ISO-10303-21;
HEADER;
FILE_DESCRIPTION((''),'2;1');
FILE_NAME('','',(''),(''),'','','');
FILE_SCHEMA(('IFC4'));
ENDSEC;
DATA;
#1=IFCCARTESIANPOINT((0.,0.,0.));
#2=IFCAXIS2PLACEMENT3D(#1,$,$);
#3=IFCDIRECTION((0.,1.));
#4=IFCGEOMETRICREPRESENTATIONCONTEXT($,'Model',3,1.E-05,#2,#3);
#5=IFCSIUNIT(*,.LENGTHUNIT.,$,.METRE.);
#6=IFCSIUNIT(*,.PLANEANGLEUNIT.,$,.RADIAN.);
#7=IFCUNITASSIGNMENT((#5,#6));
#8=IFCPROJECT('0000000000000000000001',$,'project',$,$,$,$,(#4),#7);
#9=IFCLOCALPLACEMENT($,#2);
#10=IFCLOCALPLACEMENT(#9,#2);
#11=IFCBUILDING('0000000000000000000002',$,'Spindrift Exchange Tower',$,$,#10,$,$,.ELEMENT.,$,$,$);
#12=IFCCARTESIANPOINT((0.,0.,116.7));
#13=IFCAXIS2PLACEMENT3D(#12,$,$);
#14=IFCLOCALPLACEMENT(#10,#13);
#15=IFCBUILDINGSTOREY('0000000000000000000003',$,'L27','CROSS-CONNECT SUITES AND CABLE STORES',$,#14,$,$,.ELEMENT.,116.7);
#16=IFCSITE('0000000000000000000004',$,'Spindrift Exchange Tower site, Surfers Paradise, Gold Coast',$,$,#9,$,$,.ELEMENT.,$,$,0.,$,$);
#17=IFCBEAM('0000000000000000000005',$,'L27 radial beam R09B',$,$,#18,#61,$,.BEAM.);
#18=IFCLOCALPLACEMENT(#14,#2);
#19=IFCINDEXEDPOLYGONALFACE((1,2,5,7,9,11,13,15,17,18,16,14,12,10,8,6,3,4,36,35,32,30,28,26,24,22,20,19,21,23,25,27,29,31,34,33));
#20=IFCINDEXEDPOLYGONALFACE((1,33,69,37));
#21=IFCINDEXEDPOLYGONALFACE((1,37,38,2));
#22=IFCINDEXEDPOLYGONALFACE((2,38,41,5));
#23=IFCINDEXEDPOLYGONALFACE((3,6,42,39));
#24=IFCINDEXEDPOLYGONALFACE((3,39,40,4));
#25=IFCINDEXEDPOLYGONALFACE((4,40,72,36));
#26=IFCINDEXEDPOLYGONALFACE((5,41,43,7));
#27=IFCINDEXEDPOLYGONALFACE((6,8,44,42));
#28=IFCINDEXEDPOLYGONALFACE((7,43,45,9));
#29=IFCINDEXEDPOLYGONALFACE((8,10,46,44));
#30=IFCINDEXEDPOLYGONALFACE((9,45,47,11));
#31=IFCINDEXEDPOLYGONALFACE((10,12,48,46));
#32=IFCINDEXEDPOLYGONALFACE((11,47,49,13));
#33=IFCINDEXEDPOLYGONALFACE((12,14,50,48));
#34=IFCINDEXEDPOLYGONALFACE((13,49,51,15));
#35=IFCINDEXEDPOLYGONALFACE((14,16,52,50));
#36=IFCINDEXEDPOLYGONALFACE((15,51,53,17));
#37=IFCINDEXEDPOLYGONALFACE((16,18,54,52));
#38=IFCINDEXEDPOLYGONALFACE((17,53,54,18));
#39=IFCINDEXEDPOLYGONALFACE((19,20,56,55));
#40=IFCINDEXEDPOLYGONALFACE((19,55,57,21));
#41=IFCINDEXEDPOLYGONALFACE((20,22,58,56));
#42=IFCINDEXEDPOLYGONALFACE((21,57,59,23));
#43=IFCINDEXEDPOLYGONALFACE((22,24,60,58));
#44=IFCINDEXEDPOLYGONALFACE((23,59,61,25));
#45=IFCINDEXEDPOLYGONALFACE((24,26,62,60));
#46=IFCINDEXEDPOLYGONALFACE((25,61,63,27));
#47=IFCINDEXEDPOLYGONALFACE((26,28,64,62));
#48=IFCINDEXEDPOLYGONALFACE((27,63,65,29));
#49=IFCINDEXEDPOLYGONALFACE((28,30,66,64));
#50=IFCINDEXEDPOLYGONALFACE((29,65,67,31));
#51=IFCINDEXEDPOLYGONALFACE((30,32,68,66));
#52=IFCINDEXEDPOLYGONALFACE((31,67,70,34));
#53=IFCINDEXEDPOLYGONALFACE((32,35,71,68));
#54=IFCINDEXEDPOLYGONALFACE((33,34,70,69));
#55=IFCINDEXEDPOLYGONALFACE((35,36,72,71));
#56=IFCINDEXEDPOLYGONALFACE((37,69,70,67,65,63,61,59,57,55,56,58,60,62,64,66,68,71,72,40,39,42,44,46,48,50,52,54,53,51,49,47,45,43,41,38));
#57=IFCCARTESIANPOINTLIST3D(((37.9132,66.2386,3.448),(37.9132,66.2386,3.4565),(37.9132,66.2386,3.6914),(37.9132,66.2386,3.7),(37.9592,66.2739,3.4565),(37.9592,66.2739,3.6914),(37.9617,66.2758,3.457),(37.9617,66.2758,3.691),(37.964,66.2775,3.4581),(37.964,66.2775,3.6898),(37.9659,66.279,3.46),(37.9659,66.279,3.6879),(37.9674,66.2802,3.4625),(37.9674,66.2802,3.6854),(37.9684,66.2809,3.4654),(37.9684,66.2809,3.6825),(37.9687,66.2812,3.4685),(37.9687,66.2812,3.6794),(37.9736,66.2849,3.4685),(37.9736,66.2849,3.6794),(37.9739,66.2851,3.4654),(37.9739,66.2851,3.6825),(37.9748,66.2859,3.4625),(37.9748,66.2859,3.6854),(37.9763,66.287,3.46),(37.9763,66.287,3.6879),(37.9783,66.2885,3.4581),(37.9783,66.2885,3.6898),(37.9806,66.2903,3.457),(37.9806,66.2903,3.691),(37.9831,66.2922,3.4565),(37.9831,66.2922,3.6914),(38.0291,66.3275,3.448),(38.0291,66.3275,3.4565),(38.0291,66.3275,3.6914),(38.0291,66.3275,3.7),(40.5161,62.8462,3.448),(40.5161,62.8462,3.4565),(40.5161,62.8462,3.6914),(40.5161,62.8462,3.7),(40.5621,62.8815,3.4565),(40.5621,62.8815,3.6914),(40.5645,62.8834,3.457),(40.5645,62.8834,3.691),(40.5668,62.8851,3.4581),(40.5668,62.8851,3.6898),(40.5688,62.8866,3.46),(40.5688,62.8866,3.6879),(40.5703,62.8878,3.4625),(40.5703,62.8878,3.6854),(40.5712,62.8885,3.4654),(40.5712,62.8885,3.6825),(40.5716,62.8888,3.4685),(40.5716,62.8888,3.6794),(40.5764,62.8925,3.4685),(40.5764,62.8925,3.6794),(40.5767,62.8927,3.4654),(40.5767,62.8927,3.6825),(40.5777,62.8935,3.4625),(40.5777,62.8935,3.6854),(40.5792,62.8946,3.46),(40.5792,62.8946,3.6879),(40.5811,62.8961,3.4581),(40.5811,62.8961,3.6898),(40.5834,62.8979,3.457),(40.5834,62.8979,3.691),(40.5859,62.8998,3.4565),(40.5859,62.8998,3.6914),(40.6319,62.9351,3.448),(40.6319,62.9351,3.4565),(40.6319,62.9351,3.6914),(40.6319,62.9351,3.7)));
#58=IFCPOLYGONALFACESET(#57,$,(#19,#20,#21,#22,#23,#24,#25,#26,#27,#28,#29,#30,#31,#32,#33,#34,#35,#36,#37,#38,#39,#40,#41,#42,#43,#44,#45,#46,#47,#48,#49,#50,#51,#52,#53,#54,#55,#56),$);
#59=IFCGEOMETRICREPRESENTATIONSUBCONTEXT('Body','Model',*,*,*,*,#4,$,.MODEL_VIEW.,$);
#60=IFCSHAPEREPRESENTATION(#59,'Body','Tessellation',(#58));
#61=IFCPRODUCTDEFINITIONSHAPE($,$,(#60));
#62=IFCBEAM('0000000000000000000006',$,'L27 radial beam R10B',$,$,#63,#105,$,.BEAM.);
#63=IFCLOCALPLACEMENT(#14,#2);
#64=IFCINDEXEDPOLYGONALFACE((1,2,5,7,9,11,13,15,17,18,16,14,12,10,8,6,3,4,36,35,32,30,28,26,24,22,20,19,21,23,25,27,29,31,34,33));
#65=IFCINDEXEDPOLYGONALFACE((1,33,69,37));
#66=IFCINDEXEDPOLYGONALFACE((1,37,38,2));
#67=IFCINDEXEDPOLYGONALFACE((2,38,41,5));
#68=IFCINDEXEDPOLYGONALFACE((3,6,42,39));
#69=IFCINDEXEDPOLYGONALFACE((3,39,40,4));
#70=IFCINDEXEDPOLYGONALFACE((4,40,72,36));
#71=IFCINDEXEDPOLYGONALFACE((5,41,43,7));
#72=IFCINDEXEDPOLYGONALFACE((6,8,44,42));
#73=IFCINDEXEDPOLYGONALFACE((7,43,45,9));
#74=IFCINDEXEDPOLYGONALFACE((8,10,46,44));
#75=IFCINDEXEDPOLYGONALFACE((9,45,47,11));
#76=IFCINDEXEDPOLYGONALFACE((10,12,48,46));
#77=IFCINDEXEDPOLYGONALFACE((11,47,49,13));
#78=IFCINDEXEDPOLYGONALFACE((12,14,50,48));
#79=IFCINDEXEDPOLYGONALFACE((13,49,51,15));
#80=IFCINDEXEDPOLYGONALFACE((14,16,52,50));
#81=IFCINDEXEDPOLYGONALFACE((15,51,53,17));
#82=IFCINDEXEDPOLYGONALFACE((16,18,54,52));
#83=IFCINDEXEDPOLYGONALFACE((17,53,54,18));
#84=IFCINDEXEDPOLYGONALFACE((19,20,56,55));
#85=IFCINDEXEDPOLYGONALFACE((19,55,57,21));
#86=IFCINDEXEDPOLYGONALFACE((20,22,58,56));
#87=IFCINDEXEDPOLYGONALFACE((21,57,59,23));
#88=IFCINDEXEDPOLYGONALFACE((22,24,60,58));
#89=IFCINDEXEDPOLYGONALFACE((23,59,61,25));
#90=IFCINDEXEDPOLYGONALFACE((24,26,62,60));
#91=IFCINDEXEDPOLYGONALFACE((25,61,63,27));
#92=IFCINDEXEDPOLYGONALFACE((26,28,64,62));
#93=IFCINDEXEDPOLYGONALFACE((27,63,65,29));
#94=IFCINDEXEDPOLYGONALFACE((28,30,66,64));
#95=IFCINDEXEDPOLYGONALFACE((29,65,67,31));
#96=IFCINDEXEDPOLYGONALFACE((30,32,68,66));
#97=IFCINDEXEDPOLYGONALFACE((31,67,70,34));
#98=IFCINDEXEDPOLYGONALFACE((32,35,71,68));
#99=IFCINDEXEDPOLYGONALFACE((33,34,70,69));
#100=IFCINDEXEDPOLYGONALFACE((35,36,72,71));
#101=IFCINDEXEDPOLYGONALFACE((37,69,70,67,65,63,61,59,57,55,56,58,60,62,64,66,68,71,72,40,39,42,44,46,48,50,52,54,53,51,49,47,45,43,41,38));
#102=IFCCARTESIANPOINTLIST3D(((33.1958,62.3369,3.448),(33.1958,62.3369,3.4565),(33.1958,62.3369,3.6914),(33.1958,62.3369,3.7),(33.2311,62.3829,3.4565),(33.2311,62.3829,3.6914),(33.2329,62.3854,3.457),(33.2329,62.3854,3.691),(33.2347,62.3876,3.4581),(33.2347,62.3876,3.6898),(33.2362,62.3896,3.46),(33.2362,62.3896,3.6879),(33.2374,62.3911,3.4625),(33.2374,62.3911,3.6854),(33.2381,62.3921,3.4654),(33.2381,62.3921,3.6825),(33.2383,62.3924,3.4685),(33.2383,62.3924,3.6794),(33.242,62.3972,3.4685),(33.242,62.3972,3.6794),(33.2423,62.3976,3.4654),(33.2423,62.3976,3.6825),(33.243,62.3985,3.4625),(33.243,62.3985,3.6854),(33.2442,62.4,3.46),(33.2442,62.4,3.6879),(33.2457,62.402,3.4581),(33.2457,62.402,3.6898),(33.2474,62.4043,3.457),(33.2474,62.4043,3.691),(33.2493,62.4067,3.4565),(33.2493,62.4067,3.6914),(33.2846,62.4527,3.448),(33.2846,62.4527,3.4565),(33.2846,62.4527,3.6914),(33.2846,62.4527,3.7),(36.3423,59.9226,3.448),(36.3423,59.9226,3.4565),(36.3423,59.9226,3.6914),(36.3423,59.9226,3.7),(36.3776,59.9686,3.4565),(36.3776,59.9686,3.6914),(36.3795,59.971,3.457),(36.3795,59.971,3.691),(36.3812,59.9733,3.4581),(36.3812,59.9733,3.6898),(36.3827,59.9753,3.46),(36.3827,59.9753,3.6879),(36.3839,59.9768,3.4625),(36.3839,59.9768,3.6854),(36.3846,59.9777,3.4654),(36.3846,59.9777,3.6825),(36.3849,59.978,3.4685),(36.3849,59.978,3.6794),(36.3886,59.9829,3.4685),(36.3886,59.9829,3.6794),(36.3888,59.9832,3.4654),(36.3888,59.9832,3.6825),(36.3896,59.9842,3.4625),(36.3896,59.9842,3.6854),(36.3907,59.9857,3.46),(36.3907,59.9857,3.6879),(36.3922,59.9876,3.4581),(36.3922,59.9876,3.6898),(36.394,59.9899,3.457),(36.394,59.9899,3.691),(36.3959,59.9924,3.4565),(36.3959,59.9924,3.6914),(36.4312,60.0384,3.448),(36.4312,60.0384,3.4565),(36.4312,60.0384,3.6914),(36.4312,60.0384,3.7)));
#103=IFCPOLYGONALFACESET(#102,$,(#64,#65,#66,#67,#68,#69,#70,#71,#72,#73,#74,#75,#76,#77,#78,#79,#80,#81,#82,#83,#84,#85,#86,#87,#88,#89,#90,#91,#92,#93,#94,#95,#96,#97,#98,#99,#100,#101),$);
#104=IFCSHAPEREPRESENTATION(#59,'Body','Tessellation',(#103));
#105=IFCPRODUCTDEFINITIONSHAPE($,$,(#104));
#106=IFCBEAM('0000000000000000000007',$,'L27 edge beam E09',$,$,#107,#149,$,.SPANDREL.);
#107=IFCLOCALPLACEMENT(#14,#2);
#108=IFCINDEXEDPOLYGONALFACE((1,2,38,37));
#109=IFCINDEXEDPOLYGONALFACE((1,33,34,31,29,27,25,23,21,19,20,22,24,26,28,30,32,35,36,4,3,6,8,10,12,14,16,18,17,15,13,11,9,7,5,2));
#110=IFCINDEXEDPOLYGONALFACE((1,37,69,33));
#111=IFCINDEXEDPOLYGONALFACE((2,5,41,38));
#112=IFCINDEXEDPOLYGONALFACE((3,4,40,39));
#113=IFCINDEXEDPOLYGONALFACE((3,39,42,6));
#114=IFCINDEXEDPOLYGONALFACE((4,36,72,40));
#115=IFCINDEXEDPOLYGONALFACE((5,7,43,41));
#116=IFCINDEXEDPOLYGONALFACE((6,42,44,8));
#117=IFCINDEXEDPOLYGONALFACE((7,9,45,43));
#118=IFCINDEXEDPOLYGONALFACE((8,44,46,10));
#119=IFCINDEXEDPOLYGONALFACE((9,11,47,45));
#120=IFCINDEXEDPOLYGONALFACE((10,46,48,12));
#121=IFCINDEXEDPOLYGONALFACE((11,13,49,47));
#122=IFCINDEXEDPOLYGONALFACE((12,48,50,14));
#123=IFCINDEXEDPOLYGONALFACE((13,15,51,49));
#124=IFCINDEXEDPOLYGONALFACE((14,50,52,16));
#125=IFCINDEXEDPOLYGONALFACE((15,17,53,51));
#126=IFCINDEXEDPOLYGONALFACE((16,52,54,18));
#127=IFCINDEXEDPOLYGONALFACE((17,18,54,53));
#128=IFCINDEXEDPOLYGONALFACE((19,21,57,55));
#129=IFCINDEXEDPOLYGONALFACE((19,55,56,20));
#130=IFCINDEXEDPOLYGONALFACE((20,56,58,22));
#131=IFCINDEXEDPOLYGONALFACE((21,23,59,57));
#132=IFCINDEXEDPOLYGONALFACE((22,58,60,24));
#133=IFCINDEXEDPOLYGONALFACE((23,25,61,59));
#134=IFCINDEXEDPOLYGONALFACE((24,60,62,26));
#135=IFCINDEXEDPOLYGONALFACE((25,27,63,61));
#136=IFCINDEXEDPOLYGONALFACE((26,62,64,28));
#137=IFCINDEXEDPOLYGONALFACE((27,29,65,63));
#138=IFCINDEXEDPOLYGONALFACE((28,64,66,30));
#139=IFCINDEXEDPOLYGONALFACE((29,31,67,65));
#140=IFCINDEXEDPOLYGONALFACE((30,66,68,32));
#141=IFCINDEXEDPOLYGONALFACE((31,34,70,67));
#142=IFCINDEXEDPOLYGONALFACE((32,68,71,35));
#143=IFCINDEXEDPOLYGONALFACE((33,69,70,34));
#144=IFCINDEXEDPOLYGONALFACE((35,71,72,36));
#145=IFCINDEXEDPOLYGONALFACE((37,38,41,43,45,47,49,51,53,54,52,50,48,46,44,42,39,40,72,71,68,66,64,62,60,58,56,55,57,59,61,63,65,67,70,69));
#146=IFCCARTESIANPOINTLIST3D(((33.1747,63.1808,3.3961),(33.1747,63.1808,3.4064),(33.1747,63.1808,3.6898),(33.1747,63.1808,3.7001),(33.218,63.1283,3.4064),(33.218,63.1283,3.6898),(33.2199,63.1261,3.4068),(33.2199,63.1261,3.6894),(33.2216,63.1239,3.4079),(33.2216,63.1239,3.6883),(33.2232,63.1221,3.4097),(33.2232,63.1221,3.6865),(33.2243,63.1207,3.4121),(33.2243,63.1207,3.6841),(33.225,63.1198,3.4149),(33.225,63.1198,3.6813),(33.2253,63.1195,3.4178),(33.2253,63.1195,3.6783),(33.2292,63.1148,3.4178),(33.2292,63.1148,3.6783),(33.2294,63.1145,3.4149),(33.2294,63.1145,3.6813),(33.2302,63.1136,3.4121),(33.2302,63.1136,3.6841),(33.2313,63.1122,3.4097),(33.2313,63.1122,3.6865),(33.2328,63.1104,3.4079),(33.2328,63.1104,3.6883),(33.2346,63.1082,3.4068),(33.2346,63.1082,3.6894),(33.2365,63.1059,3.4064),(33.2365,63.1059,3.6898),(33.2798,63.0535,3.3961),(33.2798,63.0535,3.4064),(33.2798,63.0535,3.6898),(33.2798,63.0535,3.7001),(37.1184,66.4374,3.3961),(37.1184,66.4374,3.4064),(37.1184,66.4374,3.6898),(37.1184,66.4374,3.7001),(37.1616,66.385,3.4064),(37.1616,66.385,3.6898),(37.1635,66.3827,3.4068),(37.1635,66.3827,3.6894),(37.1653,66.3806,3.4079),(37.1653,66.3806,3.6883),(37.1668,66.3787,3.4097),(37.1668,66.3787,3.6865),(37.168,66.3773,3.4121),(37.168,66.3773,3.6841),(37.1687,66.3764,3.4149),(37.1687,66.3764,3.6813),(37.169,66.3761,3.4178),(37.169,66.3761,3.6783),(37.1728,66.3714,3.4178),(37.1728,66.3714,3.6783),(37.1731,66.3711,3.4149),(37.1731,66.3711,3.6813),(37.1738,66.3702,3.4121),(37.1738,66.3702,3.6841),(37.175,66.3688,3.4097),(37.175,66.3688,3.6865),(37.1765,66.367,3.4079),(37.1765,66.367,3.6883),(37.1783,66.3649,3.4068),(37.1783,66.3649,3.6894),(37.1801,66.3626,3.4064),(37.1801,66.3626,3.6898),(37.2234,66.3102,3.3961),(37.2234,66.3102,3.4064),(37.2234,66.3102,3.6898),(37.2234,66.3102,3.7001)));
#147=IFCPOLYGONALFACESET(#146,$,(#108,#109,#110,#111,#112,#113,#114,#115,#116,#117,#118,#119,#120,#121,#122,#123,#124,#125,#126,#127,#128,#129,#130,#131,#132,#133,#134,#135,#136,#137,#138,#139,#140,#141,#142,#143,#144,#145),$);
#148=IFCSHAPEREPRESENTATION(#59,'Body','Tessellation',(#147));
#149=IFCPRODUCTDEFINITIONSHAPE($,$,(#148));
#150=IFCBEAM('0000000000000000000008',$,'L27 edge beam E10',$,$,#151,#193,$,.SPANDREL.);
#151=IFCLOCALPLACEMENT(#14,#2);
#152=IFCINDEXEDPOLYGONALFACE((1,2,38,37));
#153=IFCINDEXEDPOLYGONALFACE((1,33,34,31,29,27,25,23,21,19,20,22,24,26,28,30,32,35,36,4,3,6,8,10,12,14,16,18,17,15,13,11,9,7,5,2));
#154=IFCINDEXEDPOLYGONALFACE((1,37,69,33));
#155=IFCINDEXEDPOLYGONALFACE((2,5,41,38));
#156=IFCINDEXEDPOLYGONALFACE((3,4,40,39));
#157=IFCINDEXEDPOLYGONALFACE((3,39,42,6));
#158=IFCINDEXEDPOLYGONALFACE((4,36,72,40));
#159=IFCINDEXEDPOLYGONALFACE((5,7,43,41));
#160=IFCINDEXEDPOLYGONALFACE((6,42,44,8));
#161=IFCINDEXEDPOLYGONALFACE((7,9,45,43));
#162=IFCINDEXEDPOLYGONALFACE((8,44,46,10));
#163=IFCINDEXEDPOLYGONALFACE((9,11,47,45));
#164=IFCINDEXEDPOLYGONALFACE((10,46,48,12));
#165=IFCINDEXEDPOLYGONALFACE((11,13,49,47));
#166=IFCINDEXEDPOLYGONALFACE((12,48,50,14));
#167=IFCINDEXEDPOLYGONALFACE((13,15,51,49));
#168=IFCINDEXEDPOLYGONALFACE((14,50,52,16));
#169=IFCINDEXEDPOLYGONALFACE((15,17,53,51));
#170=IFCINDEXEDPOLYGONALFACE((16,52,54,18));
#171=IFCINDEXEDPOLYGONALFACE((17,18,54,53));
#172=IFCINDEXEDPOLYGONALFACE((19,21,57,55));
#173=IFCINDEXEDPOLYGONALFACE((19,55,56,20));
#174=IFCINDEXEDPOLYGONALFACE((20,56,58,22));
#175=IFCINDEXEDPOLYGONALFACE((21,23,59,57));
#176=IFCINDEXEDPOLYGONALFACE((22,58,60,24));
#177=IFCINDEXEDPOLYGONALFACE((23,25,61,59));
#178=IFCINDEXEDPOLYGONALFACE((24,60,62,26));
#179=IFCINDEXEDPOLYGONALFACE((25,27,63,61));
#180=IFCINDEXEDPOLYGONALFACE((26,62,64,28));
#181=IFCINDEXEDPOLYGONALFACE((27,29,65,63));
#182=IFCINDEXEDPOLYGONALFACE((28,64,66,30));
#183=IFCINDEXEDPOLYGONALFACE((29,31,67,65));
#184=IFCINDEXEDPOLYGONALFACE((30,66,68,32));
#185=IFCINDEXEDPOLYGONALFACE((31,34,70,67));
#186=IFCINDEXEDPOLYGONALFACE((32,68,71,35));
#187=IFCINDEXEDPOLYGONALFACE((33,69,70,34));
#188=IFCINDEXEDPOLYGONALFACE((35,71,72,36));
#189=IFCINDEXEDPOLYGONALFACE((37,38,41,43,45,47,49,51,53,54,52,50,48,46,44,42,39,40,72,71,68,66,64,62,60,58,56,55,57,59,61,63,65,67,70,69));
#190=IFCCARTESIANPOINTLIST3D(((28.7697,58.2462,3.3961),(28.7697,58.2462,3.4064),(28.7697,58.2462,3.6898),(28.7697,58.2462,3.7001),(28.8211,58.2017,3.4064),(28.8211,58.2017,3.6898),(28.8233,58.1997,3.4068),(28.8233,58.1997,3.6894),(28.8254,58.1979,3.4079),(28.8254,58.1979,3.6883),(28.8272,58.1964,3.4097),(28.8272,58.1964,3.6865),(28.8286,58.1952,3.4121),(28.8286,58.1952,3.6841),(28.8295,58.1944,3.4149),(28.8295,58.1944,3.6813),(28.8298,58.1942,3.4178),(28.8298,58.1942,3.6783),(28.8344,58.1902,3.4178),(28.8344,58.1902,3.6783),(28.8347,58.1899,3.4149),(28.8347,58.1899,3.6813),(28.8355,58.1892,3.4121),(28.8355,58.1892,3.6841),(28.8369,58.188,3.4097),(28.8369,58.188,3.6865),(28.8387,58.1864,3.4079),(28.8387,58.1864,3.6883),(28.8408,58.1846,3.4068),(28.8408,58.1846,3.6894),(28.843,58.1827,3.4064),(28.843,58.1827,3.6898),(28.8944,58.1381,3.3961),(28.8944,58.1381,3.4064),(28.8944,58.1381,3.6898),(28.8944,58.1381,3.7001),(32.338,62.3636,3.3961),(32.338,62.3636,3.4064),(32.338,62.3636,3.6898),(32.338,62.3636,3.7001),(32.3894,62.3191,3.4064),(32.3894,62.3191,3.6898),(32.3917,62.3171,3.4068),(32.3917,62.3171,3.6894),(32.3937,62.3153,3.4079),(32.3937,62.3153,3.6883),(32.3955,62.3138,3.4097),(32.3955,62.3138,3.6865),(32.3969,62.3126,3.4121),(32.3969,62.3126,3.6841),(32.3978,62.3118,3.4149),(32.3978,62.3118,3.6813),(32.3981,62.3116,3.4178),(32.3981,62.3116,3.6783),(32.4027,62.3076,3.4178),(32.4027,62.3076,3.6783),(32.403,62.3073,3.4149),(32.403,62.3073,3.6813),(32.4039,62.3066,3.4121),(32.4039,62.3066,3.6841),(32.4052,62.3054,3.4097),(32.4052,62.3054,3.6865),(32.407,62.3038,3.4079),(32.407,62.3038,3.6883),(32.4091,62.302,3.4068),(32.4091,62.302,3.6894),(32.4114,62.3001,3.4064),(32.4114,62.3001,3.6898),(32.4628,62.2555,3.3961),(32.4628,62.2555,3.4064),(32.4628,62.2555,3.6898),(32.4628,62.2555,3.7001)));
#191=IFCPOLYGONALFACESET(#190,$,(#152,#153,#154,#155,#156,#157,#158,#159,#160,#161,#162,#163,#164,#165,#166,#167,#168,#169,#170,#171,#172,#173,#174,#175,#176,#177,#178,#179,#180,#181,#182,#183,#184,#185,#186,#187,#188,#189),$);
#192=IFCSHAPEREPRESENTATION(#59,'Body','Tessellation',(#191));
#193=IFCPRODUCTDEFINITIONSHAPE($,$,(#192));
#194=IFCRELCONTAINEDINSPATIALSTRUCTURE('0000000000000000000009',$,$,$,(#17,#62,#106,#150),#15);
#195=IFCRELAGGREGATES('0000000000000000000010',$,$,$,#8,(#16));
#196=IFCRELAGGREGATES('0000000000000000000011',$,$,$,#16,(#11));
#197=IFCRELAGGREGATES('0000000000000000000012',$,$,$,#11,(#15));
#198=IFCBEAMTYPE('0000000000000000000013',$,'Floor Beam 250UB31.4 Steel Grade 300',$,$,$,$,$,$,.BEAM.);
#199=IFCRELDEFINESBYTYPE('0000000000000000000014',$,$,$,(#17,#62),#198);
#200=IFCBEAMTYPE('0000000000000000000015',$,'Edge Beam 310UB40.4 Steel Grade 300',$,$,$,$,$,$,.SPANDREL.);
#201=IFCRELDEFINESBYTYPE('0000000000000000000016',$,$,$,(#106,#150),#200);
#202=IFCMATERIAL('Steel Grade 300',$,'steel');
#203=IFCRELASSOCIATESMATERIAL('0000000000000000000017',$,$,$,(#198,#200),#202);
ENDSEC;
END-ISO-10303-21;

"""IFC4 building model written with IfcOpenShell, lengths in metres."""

from ifc_helpers import new_model, si_unit, direction, frame, origin, origin_2d, place, context, subcontext, project, spatial, i_section, extrude, source, transform, mapped, material, material_profile, profile_set, type_object, element, save


model = new_model("IFC4")

# Units and contexts
model_context = context("Model", 3, precision=1e-05, world=origin(), true_north=direction((0.0, 1.0)))
body_context = subcontext(model_context, "Body", "Model", "MODEL_VIEW")
ifc_project = project(units=[si_unit("LENGTHUNIT", "METRE"), si_unit("PLANEANGLEUNIT", "RADIAN")], contexts=[model_context])

# Site, building, storey
site_placement = place(None, origin())
site = spatial("IfcSite", under=ifc_project, at=site_placement, Name="Spindrift Exchange Tower site, Surfers Paradise, Gold Coast", CompositionType="ELEMENT", RefElevation=0.0)
building_placement = place(site_placement, origin())
building = spatial("IfcBuilding", under=site, at=building_placement, Name="Spindrift Exchange Tower", CompositionType="ELEMENT")
storey_placement = place(building_placement, frame((0.0, 0.0, 116.7)))
storey = spatial("IfcBuildingStorey", under=building, at=storey_placement, Name="L27", Description="CROSS-CONNECT SUITES AND CABLE STORES", CompositionType="ELEMENT", Elevation=116.7)

# Beams
ifc_material_1 = material(Name="Steel Grade 300", Category="steel")
ifc_material_profile_1 = material_profile(ifc_material_1, i_section(OverallWidth=0.146, OverallDepth=0.252, WebThickness=0.0061, FlangeThickness=0.0085, FilletRadius=0.012, at=origin_2d()), Name="250UB31.4")
ifc_profile_set_1 = profile_set([ifc_material_profile_1], Name="Steel Grade 300")
beam_type_1 = type_object("IfcBeamType", Name="Floor Beam 250UB31.4 Steel Grade 300", PredefinedType="BEAM", material=ifc_profile_set_1)
shared_shape_1 = source(origin(), body_context, "Body", "SweptSolid", [
    extrude(i_section(OverallWidth=0.146, OverallDepth=0.252, WebThickness=0.0061, FlangeThickness=0.0085, FilletRadius=0.012, at=origin_2d()), origin(), (0.0, 0.0, 1.0), 4.2759),
])
beam_1_placement = place(storey_placement, frame((40.574, 62.8906, 3.574), z_axis=(-0.608725, 0.793381, 0.0), x_axis=(-0.793381, -0.608725, 0.0)))
element("IfcBeam", 1, at=beam_1_placement, inside=storey, type_object=beam_type_1, Name="L27 radial beam R09B", PredefinedType="BEAM", context=body_context, shape_type="MappedRepresentation", body=[
    mapped(shared_shape_1, transform((0.0, 0.0, 0.0), scale=1.0)),
])
shared_shape_2 = source(origin(), body_context, "Body", "SweptSolid", [
    extrude(i_section(OverallWidth=0.146, OverallDepth=0.252, WebThickness=0.0061, FlangeThickness=0.0085, FilletRadius=0.012, at=origin_2d()), origin(), (0.0, 0.0, 1.0), 3.9661),
])
beam_2_placement = place(storey_placement, frame((36.3867, 59.9805, 3.574), z_axis=(-0.793363, 0.608749, 0.0), x_axis=(-0.608749, -0.793363, 0.0)))
element("IfcBeam", 2, at=beam_2_placement, inside=storey, type_object=beam_type_1, Name="L27 radial beam R10B", PredefinedType="BEAM", context=body_context, shape_type="MappedRepresentation", body=[
    mapped(shared_shape_2, transform((0.0, 0.0, 0.0), scale=1.0)),
])
ifc_material_profile_2 = material_profile(ifc_material_1, i_section(OverallWidth=0.165, OverallDepth=0.304, WebThickness=0.0061, FlangeThickness=0.0103, FilletRadius=0.0115, at=origin_2d()), Name="310UB40.4")
ifc_profile_set_2 = profile_set([ifc_material_profile_2], Name="Steel Grade 300")
beam_type_2 = type_object("IfcBeamType", Name="Edge Beam 310UB40.4 Steel Grade 300", PredefinedType="SPANDREL", material=ifc_profile_set_2)
shared_shape_3 = source(origin(), body_context, "Body", "SweptSolid", [
    extrude(i_section(OverallWidth=0.165, OverallDepth=0.304, WebThickness=0.0061, FlangeThickness=0.0103, FilletRadius=0.0115, at=origin_2d()), origin(), (0.0, 0.0, 1.0), 5.1145),
])
beam_3_placement = place(storey_placement, frame((37.1709, 66.3738, 3.5481), z_axis=(-0.771074, -0.636746, 0.0), x_axis=(0.636746, -0.771074, 0.0)))
element("IfcBeam", 3, at=beam_3_placement, inside=storey, type_object=beam_type_2, Name="L27 edge beam E09", PredefinedType="SPANDREL", context=body_context, shape_type="MappedRepresentation", body=[
    mapped(shared_shape_3, transform((0.0, 0.0, 0.0), scale=1.0)),
])
shared_shape_4 = source(origin(), body_context, "Body", "SweptSolid", [
    extrude(i_section(OverallWidth=0.165, OverallDepth=0.304, WebThickness=0.0061, FlangeThickness=0.0103, FilletRadius=0.0115, at=origin_2d()), origin(), (0.0, 0.0, 1.0), 5.4485),
])
beam_4_placement = place(storey_placement, frame((32.4004, 62.3096, 3.5481), z_axis=(-0.654922, -0.755696, 0.0), x_axis=(0.755696, -0.654922, 0.0)))
element("IfcBeam", 4, at=beam_4_placement, inside=storey, type_object=beam_type_2, Name="L27 edge beam E10", PredefinedType="SPANDREL", context=body_context, shape_type="MappedRepresentation", body=[
    mapped(shared_shape_4, transform((0.0, 0.0, 0.0), scale=1.0)),
])

save(model, "model.ifc")
